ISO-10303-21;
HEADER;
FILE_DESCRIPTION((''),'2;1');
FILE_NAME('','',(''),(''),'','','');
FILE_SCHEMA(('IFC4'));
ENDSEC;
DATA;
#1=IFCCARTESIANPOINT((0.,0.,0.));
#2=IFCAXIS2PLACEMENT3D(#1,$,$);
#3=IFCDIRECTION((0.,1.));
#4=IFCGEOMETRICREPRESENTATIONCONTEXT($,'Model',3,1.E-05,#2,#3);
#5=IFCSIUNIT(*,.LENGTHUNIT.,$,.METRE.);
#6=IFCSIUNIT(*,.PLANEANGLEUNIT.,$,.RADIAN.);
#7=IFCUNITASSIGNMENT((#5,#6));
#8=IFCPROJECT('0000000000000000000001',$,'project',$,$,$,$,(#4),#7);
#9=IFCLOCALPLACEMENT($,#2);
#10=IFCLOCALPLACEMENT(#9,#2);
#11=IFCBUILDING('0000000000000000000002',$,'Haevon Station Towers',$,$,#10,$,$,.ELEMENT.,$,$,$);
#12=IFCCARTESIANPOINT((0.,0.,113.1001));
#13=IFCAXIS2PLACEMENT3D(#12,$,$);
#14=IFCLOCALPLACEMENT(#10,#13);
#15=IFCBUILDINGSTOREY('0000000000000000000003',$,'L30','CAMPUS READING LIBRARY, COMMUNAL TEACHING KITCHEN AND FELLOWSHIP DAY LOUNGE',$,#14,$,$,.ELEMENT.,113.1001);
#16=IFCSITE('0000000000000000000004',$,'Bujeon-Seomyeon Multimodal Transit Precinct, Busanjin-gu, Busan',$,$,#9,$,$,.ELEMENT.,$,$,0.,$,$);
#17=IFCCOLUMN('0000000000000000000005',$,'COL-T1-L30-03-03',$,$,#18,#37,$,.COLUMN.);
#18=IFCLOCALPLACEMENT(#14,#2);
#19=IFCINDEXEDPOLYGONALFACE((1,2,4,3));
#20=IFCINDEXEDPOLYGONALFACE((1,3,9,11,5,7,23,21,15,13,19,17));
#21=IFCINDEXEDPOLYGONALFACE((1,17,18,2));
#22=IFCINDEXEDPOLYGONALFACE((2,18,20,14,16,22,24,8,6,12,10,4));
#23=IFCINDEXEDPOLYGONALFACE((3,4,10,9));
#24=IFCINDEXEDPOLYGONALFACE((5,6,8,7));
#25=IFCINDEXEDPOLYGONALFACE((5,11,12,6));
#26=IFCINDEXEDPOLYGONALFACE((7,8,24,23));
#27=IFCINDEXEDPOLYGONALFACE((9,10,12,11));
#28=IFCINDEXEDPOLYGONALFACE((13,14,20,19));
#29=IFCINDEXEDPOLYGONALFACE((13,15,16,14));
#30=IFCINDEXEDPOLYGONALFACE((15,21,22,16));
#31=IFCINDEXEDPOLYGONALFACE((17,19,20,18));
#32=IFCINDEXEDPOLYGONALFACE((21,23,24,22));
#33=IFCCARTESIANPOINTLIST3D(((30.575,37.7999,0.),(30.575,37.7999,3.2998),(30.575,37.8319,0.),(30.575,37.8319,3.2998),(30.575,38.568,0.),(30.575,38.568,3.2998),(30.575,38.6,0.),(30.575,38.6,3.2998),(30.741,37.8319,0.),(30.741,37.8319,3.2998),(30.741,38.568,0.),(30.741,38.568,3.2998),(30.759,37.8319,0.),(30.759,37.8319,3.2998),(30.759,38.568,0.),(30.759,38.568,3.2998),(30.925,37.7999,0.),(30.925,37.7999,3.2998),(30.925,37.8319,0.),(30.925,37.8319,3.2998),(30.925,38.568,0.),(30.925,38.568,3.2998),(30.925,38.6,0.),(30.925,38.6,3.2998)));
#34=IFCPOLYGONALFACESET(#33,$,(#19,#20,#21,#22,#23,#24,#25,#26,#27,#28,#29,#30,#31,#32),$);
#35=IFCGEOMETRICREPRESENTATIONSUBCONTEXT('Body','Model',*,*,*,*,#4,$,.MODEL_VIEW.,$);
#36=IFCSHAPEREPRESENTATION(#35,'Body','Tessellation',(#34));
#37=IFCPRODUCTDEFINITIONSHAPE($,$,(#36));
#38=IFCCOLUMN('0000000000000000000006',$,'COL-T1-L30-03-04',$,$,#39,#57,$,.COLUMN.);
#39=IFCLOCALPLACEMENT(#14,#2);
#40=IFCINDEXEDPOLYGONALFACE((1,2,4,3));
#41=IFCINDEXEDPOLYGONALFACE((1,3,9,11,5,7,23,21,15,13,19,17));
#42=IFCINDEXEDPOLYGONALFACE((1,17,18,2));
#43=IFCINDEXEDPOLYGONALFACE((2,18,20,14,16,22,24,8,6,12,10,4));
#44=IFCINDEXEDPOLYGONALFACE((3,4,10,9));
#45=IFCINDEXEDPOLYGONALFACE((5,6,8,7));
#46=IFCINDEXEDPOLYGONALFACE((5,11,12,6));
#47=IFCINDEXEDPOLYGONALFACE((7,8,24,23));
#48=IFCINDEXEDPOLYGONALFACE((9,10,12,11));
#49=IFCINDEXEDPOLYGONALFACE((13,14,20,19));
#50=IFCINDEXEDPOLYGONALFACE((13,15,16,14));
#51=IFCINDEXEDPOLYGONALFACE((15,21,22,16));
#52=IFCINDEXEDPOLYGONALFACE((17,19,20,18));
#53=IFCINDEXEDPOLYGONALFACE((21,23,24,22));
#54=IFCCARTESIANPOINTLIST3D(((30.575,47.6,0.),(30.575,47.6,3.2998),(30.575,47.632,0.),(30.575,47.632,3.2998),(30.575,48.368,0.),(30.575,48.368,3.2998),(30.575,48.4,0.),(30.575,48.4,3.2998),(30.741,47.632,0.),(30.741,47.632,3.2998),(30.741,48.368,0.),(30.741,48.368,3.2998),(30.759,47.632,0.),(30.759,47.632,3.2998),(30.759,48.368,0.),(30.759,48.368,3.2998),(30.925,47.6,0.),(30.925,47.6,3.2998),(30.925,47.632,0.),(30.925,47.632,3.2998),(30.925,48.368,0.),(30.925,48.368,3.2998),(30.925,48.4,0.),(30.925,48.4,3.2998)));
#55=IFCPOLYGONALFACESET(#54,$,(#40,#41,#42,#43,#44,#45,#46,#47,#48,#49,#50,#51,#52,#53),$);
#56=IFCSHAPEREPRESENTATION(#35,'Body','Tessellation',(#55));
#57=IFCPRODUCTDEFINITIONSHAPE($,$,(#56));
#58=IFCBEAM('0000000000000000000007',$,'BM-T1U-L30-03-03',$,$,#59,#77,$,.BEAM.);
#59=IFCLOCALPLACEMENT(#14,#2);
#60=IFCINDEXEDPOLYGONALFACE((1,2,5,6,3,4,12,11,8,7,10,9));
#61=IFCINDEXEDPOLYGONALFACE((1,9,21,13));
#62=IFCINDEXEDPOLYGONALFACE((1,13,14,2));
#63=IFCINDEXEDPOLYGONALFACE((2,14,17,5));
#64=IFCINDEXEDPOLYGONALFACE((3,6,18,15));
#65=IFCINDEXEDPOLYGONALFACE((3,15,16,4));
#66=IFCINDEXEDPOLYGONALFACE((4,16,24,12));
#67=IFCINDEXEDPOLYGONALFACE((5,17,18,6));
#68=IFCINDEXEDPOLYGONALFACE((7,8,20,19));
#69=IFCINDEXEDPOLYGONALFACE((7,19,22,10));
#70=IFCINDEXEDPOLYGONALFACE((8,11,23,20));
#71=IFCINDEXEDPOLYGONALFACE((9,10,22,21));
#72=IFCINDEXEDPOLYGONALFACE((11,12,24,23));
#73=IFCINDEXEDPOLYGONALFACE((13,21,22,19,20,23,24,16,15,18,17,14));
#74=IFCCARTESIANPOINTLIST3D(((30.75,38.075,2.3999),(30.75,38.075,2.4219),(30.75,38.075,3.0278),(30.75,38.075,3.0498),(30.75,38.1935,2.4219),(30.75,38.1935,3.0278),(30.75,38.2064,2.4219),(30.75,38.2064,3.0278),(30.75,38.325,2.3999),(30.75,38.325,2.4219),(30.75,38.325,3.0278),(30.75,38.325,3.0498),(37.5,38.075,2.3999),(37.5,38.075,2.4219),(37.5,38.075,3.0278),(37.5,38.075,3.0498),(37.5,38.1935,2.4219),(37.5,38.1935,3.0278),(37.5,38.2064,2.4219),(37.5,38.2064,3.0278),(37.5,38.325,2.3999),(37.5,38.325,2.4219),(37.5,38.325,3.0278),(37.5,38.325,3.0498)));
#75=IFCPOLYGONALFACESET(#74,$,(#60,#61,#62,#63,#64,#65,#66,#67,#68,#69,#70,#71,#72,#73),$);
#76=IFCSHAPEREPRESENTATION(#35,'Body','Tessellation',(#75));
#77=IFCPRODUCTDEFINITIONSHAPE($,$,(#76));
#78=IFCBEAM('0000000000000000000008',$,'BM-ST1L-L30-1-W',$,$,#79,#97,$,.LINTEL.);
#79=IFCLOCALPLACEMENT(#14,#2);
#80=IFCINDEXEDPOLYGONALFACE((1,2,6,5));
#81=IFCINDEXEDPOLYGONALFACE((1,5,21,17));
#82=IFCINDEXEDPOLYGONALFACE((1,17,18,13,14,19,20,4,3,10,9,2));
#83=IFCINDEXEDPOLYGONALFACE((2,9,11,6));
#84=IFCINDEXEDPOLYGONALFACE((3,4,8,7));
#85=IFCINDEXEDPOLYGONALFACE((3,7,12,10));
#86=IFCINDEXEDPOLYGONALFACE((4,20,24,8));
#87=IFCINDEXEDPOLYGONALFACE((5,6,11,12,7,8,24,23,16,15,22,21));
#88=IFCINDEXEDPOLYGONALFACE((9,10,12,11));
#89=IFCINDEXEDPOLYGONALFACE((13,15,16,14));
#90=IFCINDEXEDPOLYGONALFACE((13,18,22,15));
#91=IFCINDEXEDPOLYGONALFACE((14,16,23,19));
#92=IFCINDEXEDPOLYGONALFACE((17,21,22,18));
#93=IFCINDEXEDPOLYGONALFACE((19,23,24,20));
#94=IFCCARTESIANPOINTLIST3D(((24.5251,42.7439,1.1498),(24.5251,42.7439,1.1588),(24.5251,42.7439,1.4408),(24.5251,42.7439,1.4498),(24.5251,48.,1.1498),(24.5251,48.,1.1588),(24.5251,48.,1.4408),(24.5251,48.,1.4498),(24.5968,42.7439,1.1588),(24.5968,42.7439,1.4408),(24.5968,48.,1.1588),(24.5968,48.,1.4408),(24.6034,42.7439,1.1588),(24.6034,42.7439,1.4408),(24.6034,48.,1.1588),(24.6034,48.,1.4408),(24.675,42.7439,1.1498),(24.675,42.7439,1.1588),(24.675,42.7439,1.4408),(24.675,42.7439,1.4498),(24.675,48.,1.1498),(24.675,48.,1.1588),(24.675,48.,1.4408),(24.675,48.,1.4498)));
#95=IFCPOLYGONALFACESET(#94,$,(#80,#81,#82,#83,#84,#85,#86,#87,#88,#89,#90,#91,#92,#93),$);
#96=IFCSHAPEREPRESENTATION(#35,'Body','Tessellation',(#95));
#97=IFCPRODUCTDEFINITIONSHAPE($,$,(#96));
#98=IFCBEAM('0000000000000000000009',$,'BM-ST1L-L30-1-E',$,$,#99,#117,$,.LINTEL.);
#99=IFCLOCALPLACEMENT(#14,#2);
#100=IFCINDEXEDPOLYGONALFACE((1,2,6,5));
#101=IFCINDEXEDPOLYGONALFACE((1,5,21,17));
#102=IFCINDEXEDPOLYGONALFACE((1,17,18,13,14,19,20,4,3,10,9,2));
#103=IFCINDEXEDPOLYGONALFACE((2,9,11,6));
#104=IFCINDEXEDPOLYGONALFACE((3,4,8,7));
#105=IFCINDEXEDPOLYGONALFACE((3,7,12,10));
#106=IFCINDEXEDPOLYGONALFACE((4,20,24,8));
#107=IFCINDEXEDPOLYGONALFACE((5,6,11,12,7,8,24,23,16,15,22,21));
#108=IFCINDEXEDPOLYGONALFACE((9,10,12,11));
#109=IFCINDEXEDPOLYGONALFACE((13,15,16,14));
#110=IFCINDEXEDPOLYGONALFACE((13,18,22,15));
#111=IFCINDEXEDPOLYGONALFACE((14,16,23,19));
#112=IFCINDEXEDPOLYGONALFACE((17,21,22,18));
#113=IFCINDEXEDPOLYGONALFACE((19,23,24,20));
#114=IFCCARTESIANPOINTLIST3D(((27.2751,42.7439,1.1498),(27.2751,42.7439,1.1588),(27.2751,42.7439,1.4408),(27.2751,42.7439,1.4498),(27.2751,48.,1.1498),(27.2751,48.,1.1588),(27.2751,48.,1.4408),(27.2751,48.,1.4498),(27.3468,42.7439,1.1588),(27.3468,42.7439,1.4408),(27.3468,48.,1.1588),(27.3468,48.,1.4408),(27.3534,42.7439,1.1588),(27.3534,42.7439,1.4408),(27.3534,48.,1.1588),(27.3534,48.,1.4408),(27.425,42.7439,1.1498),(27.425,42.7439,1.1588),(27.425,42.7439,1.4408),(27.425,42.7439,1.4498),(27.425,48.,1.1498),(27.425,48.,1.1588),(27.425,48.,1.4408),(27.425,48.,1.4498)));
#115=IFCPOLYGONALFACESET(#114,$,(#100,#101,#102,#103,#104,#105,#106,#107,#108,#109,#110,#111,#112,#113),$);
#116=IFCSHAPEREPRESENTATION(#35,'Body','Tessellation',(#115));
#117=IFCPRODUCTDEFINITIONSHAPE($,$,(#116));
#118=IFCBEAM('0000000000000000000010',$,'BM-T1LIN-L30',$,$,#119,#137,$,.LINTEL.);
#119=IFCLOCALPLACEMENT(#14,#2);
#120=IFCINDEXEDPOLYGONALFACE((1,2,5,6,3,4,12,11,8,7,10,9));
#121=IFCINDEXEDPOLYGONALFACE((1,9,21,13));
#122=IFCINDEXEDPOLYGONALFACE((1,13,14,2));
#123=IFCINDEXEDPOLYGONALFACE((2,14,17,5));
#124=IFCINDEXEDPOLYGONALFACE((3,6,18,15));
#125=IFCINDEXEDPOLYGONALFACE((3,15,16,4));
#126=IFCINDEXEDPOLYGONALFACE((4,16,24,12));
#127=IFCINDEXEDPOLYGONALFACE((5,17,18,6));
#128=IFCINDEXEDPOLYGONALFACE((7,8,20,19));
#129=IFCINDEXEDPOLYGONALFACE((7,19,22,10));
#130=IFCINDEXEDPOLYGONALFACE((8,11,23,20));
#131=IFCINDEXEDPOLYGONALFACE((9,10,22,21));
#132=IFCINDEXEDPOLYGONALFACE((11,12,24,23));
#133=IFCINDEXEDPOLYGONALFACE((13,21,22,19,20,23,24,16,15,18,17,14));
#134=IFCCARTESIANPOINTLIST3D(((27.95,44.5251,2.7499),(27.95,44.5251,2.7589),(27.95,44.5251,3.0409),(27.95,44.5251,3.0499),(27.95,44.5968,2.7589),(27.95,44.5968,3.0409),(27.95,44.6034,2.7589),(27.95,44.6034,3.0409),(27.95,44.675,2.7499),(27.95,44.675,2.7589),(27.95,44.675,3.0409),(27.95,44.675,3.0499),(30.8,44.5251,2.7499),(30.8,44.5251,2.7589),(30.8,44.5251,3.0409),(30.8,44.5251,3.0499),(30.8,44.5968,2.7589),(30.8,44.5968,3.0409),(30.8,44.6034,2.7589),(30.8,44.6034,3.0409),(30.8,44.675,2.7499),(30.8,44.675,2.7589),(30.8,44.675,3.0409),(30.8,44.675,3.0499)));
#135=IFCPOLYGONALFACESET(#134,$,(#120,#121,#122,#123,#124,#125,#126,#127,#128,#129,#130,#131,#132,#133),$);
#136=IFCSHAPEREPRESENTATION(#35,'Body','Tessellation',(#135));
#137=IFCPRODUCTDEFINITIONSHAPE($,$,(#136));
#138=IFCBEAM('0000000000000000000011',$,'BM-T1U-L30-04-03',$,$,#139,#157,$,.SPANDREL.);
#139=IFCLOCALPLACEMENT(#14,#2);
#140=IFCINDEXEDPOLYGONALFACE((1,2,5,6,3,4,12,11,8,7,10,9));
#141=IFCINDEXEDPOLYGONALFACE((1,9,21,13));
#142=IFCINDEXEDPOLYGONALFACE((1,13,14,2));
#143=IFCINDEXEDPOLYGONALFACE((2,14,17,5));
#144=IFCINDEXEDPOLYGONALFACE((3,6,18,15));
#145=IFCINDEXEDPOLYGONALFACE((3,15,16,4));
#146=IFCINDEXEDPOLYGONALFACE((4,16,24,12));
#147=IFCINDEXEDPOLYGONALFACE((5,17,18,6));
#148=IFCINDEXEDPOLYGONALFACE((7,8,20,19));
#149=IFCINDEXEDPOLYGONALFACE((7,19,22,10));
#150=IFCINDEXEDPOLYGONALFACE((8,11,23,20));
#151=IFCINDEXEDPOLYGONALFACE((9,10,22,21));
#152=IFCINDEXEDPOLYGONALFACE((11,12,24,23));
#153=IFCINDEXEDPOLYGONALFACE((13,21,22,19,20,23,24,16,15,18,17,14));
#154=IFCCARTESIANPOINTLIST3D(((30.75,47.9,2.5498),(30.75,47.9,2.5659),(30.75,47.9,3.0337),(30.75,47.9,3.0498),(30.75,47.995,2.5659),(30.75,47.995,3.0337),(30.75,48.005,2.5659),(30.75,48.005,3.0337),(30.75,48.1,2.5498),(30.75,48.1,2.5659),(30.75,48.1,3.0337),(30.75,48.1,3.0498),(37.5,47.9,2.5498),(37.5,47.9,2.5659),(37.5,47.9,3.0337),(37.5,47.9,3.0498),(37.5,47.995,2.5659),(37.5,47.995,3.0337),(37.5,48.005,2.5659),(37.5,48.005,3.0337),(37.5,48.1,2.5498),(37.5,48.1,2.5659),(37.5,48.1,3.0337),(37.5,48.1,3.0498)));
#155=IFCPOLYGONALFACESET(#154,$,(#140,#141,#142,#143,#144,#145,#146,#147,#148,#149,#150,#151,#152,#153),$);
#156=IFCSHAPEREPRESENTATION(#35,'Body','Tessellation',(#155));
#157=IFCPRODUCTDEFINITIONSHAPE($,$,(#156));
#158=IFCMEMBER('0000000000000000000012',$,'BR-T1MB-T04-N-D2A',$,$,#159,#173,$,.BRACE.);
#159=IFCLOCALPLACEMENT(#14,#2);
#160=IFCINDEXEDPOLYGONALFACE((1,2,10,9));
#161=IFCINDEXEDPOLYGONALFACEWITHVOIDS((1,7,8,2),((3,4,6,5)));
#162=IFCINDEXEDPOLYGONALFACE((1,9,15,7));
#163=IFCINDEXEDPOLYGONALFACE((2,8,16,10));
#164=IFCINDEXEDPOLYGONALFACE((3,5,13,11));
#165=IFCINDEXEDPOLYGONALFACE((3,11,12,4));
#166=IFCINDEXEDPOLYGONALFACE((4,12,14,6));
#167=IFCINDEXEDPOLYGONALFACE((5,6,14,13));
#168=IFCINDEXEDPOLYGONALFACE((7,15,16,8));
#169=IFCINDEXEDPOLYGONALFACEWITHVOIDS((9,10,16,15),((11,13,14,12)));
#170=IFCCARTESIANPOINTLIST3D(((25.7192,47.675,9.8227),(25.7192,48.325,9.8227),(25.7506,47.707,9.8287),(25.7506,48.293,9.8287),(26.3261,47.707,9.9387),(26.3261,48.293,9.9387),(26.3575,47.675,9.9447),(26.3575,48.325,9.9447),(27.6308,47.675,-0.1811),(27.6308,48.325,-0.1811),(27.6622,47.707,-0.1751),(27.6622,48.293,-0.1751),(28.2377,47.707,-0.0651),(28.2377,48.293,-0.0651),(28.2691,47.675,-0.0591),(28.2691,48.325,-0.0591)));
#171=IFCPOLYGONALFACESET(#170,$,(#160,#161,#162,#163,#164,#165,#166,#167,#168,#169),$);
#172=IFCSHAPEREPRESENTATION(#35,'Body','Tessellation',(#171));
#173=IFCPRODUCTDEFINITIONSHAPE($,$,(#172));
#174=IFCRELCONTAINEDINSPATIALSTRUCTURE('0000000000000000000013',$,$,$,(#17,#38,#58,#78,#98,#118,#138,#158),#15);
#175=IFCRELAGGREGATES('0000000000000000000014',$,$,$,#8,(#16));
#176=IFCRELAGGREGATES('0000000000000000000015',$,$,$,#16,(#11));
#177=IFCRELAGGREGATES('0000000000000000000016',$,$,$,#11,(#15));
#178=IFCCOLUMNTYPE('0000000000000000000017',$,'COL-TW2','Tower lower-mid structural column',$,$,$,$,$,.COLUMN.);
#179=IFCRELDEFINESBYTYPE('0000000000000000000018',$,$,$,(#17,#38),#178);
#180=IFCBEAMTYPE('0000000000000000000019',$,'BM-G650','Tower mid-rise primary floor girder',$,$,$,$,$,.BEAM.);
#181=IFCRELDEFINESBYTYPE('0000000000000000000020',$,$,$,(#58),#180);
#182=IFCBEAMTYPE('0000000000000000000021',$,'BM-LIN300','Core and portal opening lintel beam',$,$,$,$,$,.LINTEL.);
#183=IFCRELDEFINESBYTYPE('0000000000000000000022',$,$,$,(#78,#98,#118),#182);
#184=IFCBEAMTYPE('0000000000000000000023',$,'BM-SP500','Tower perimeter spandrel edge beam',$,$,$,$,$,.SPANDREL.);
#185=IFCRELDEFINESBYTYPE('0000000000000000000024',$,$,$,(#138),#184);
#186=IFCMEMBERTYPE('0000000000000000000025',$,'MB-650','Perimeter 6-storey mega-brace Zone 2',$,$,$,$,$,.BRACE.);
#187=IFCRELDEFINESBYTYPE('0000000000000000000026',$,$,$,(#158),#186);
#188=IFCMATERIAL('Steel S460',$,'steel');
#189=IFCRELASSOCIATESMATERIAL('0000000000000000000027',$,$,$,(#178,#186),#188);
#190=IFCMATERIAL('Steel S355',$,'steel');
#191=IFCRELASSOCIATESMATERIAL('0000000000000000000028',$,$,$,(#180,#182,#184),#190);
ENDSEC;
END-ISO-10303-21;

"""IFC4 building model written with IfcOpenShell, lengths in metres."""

from ifc_helpers import new_model, si_unit, direction, frame, origin, origin_2d, place, context, subcontext, project, spatial, hollow_rectangle, i_section, extrude, material, material_profile, profile_set, type_object, element, save


model = new_model("IFC4")

# Units and contexts
model_context = context("Model", 3, precision=1e-05, world=origin(), true_north=direction((0.0, 1.0)))
body_context = subcontext(model_context, "Body", "Model", "MODEL_VIEW")
ifc_project = project(units=[si_unit("LENGTHUNIT", "METRE"), si_unit("PLANEANGLEUNIT", "RADIAN")], contexts=[model_context])

# Site, building, storey
site_placement = place(None, origin())
site = spatial("IfcSite", under=ifc_project, at=site_placement, Name="Bujeon-Seomyeon Multimodal Transit Precinct, Busanjin-gu, Busan", CompositionType="ELEMENT", RefElevation=0.0)
building_placement = place(site_placement, origin())
building = spatial("IfcBuilding", under=site, at=building_placement, Name="Haevon Station Towers", CompositionType="ELEMENT")
storey_placement = place(building_placement, frame((0.0, 0.0, 113.1001)))
storey = spatial("IfcBuildingStorey", under=building, at=storey_placement, Name="L30", Description="CAMPUS READING LIBRARY, COMMUNAL TEACHING KITCHEN AND FELLOWSHIP DAY LOUNGE", CompositionType="ELEMENT", Elevation=113.1001)

# Columns
ifc_material_1 = material(Name="Steel S460", Category="steel")
ifc_material_profile_1 = material_profile(ifc_material_1, i_section(OverallWidth=0.3501, OverallDepth=0.8, WebThickness=0.0181, FlangeThickness=0.032, at=origin_2d()), Name="H-800x350x18x32")
ifc_profile_set_1 = profile_set([ifc_material_profile_1], Name="Steel S460")
column_type = type_object("IfcColumnType", Name="COL-TW2", Description="Tower lower-mid structural column", PredefinedType="COLUMN", material=ifc_profile_set_1)
for number, where, z_axis, x_axis, name in (
    (1, (30.75, 38.2, 0.0), (0.0, 0.0, 1.0), (1.0, 0.0, 0.0), "COL-T1-L30-03-03"),
    (2, (30.75, 48.0, 0.0), (0.0, 0.0, 1.0), (1.0, 0.0, 0.0), "COL-T1-L30-03-04"),
):
    element("IfcColumn", number, at=place(storey_placement, frame(where, z_axis=z_axis, x_axis=x_axis)), inside=storey, type_object=column_type, Name=name, PredefinedType="COLUMN", context=body_context, shape_type="SweptSolid", body=[
        extrude(i_section(OverallWidth=0.3501, OverallDepth=0.8, WebThickness=0.0181, FlangeThickness=0.032, at=origin_2d()), origin(), (0.0, 0.0, 1.0), 3.2998),
    ])

# Beams
ifc_material_2 = material(Name="Steel S355", Category="steel")
ifc_material_profile_2 = material_profile(ifc_material_2, i_section(OverallWidth=0.25, OverallDepth=0.6499, WebThickness=0.0129, FlangeThickness=0.022, at=origin_2d()), Name="H-650x250x13x22")
ifc_profile_set_2 = profile_set([ifc_material_profile_2], Name="Steel S355")
beam_type_1 = type_object("IfcBeamType", Name="BM-G650", Description="Tower mid-rise primary floor girder", PredefinedType="BEAM", material=ifc_profile_set_2)
beam_1_placement = place(storey_placement, frame((30.75, 38.2, 2.7249), z_axis=(1.0, 0.0, 0.0), x_axis=(0.0, 1.0, 0.0)))
element("IfcBeam", 3, at=beam_1_placement, inside=storey, type_object=beam_type_1, Name="BM-T1U-L30-03-03", PredefinedType="BEAM", context=body_context, shape_type="SweptSolid", body=[
    extrude(i_section(OverallWidth=0.25, OverallDepth=0.6499, WebThickness=0.0129, FlangeThickness=0.022, at=origin_2d()), origin(), (0.0, 0.0, 1.0), 6.75),
])
ifc_material_profile_3 = material_profile(ifc_material_2, i_section(OverallWidth=0.1499, OverallDepth=0.3, WebThickness=0.0066, FlangeThickness=0.009, at=origin_2d()), Name="H-300x150x6.5x9")
ifc_profile_set_3 = profile_set([ifc_material_profile_3], Name="Steel S355")
beam_type_2 = type_object("IfcBeamType", Name="BM-LIN300", Description="Core and portal opening lintel beam", PredefinedType="LINTEL", material=ifc_profile_set_3)
for number, where, z_axis, x_axis, name in (
    (4, (24.6001, 42.7439, 1.2998), (0.0, 1.0, 0.0), (-1.0, 0.0, 0.0), "BM-ST1L-L30-1-W"),
    (5, (27.3501, 42.7439, 1.2998), (0.0, 1.0, 0.0), (-1.0, 0.0, 0.0), "BM-ST1L-L30-1-E"),
):
    element("IfcBeam", number, at=place(storey_placement, frame(where, z_axis=z_axis, x_axis=x_axis)), inside=storey, type_object=beam_type_2, Name=name, PredefinedType="LINTEL", context=body_context, shape_type="SweptSolid", body=[
        extrude(i_section(OverallWidth=0.1499, OverallDepth=0.3, WebThickness=0.0066, FlangeThickness=0.009, at=origin_2d()), origin(), (0.0, 0.0, 1.0), 5.2561),
    ])
beam_2_placement = place(storey_placement, frame((27.95, 44.6001, 2.8999), z_axis=(1.0, 0.0, 0.0), x_axis=(0.0, 1.0, 0.0)))
element("IfcBeam", 6, at=beam_2_placement, inside=storey, type_object=beam_type_2, Name="BM-T1LIN-L30", PredefinedType="LINTEL", context=body_context, shape_type="SweptSolid", body=[
    extrude(i_section(OverallWidth=0.1499, OverallDepth=0.3, WebThickness=0.0066, FlangeThickness=0.009, at=origin_2d()), origin(), (0.0, 0.0, 1.0), 2.8501),
])
ifc_material_profile_4 = material_profile(ifc_material_2, i_section(OverallWidth=0.2, OverallDepth=0.5, WebThickness=0.01, FlangeThickness=0.0161, at=origin_2d()), Name="H-500x200x10x16")
ifc_profile_set_4 = profile_set([ifc_material_profile_4], Name="Steel S355")
beam_type_3 = type_object("IfcBeamType", Name="BM-SP500", Description="Tower perimeter spandrel edge beam", PredefinedType="SPANDREL", material=ifc_profile_set_4)
beam_3_placement = place(storey_placement, frame((30.75, 48.0, 2.7998), z_axis=(1.0, 0.0, 0.0), x_axis=(0.0, 1.0, 0.0)))
element("IfcBeam", 7, at=beam_3_placement, inside=storey, type_object=beam_type_3, Name="BM-T1U-L30-04-03", PredefinedType="SPANDREL", context=body_context, shape_type="SweptSolid", body=[
    extrude(i_section(OverallWidth=0.2, OverallDepth=0.5, WebThickness=0.01, FlangeThickness=0.0161, at=origin_2d()), origin(), (0.0, 0.0, 1.0), 6.75),
])

# Member
ifc_material_profile_5 = material_profile(ifc_material_1, hollow_rectangle(XDim=0.6499, YDim=0.6499, WallThickness=0.032, at=origin_2d()), Name="RHS-650x650x32")
ifc_profile_set_5 = profile_set([ifc_material_profile_5], Name="Steel S460")
member_type = type_object("IfcMemberType", Name="MB-650", Description="Perimeter 6-storey mega-brace Zone 2", PredefinedType="BRACE", material=ifc_profile_set_5)
member_placement = place(storey_placement, frame((27.95, 48.0, -0.1201), z_axis=(-0.187691, 0.0, 0.982228), x_axis=(0.0, -1.0, 0.0)))
element("IfcMember", 8, at=member_placement, inside=storey, type_object=member_type, Name="BR-T1MB-T04-N-D2A", PredefinedType="BRACE", context=body_context, shape_type="SweptSolid", body=[
    extrude(hollow_rectangle(XDim=0.6499, YDim=0.6499, WallThickness=0.032, at=origin_2d()), origin(), (0.0, 0.0, 1.0), 10.1848),
])

save(model, "model.ifc")
